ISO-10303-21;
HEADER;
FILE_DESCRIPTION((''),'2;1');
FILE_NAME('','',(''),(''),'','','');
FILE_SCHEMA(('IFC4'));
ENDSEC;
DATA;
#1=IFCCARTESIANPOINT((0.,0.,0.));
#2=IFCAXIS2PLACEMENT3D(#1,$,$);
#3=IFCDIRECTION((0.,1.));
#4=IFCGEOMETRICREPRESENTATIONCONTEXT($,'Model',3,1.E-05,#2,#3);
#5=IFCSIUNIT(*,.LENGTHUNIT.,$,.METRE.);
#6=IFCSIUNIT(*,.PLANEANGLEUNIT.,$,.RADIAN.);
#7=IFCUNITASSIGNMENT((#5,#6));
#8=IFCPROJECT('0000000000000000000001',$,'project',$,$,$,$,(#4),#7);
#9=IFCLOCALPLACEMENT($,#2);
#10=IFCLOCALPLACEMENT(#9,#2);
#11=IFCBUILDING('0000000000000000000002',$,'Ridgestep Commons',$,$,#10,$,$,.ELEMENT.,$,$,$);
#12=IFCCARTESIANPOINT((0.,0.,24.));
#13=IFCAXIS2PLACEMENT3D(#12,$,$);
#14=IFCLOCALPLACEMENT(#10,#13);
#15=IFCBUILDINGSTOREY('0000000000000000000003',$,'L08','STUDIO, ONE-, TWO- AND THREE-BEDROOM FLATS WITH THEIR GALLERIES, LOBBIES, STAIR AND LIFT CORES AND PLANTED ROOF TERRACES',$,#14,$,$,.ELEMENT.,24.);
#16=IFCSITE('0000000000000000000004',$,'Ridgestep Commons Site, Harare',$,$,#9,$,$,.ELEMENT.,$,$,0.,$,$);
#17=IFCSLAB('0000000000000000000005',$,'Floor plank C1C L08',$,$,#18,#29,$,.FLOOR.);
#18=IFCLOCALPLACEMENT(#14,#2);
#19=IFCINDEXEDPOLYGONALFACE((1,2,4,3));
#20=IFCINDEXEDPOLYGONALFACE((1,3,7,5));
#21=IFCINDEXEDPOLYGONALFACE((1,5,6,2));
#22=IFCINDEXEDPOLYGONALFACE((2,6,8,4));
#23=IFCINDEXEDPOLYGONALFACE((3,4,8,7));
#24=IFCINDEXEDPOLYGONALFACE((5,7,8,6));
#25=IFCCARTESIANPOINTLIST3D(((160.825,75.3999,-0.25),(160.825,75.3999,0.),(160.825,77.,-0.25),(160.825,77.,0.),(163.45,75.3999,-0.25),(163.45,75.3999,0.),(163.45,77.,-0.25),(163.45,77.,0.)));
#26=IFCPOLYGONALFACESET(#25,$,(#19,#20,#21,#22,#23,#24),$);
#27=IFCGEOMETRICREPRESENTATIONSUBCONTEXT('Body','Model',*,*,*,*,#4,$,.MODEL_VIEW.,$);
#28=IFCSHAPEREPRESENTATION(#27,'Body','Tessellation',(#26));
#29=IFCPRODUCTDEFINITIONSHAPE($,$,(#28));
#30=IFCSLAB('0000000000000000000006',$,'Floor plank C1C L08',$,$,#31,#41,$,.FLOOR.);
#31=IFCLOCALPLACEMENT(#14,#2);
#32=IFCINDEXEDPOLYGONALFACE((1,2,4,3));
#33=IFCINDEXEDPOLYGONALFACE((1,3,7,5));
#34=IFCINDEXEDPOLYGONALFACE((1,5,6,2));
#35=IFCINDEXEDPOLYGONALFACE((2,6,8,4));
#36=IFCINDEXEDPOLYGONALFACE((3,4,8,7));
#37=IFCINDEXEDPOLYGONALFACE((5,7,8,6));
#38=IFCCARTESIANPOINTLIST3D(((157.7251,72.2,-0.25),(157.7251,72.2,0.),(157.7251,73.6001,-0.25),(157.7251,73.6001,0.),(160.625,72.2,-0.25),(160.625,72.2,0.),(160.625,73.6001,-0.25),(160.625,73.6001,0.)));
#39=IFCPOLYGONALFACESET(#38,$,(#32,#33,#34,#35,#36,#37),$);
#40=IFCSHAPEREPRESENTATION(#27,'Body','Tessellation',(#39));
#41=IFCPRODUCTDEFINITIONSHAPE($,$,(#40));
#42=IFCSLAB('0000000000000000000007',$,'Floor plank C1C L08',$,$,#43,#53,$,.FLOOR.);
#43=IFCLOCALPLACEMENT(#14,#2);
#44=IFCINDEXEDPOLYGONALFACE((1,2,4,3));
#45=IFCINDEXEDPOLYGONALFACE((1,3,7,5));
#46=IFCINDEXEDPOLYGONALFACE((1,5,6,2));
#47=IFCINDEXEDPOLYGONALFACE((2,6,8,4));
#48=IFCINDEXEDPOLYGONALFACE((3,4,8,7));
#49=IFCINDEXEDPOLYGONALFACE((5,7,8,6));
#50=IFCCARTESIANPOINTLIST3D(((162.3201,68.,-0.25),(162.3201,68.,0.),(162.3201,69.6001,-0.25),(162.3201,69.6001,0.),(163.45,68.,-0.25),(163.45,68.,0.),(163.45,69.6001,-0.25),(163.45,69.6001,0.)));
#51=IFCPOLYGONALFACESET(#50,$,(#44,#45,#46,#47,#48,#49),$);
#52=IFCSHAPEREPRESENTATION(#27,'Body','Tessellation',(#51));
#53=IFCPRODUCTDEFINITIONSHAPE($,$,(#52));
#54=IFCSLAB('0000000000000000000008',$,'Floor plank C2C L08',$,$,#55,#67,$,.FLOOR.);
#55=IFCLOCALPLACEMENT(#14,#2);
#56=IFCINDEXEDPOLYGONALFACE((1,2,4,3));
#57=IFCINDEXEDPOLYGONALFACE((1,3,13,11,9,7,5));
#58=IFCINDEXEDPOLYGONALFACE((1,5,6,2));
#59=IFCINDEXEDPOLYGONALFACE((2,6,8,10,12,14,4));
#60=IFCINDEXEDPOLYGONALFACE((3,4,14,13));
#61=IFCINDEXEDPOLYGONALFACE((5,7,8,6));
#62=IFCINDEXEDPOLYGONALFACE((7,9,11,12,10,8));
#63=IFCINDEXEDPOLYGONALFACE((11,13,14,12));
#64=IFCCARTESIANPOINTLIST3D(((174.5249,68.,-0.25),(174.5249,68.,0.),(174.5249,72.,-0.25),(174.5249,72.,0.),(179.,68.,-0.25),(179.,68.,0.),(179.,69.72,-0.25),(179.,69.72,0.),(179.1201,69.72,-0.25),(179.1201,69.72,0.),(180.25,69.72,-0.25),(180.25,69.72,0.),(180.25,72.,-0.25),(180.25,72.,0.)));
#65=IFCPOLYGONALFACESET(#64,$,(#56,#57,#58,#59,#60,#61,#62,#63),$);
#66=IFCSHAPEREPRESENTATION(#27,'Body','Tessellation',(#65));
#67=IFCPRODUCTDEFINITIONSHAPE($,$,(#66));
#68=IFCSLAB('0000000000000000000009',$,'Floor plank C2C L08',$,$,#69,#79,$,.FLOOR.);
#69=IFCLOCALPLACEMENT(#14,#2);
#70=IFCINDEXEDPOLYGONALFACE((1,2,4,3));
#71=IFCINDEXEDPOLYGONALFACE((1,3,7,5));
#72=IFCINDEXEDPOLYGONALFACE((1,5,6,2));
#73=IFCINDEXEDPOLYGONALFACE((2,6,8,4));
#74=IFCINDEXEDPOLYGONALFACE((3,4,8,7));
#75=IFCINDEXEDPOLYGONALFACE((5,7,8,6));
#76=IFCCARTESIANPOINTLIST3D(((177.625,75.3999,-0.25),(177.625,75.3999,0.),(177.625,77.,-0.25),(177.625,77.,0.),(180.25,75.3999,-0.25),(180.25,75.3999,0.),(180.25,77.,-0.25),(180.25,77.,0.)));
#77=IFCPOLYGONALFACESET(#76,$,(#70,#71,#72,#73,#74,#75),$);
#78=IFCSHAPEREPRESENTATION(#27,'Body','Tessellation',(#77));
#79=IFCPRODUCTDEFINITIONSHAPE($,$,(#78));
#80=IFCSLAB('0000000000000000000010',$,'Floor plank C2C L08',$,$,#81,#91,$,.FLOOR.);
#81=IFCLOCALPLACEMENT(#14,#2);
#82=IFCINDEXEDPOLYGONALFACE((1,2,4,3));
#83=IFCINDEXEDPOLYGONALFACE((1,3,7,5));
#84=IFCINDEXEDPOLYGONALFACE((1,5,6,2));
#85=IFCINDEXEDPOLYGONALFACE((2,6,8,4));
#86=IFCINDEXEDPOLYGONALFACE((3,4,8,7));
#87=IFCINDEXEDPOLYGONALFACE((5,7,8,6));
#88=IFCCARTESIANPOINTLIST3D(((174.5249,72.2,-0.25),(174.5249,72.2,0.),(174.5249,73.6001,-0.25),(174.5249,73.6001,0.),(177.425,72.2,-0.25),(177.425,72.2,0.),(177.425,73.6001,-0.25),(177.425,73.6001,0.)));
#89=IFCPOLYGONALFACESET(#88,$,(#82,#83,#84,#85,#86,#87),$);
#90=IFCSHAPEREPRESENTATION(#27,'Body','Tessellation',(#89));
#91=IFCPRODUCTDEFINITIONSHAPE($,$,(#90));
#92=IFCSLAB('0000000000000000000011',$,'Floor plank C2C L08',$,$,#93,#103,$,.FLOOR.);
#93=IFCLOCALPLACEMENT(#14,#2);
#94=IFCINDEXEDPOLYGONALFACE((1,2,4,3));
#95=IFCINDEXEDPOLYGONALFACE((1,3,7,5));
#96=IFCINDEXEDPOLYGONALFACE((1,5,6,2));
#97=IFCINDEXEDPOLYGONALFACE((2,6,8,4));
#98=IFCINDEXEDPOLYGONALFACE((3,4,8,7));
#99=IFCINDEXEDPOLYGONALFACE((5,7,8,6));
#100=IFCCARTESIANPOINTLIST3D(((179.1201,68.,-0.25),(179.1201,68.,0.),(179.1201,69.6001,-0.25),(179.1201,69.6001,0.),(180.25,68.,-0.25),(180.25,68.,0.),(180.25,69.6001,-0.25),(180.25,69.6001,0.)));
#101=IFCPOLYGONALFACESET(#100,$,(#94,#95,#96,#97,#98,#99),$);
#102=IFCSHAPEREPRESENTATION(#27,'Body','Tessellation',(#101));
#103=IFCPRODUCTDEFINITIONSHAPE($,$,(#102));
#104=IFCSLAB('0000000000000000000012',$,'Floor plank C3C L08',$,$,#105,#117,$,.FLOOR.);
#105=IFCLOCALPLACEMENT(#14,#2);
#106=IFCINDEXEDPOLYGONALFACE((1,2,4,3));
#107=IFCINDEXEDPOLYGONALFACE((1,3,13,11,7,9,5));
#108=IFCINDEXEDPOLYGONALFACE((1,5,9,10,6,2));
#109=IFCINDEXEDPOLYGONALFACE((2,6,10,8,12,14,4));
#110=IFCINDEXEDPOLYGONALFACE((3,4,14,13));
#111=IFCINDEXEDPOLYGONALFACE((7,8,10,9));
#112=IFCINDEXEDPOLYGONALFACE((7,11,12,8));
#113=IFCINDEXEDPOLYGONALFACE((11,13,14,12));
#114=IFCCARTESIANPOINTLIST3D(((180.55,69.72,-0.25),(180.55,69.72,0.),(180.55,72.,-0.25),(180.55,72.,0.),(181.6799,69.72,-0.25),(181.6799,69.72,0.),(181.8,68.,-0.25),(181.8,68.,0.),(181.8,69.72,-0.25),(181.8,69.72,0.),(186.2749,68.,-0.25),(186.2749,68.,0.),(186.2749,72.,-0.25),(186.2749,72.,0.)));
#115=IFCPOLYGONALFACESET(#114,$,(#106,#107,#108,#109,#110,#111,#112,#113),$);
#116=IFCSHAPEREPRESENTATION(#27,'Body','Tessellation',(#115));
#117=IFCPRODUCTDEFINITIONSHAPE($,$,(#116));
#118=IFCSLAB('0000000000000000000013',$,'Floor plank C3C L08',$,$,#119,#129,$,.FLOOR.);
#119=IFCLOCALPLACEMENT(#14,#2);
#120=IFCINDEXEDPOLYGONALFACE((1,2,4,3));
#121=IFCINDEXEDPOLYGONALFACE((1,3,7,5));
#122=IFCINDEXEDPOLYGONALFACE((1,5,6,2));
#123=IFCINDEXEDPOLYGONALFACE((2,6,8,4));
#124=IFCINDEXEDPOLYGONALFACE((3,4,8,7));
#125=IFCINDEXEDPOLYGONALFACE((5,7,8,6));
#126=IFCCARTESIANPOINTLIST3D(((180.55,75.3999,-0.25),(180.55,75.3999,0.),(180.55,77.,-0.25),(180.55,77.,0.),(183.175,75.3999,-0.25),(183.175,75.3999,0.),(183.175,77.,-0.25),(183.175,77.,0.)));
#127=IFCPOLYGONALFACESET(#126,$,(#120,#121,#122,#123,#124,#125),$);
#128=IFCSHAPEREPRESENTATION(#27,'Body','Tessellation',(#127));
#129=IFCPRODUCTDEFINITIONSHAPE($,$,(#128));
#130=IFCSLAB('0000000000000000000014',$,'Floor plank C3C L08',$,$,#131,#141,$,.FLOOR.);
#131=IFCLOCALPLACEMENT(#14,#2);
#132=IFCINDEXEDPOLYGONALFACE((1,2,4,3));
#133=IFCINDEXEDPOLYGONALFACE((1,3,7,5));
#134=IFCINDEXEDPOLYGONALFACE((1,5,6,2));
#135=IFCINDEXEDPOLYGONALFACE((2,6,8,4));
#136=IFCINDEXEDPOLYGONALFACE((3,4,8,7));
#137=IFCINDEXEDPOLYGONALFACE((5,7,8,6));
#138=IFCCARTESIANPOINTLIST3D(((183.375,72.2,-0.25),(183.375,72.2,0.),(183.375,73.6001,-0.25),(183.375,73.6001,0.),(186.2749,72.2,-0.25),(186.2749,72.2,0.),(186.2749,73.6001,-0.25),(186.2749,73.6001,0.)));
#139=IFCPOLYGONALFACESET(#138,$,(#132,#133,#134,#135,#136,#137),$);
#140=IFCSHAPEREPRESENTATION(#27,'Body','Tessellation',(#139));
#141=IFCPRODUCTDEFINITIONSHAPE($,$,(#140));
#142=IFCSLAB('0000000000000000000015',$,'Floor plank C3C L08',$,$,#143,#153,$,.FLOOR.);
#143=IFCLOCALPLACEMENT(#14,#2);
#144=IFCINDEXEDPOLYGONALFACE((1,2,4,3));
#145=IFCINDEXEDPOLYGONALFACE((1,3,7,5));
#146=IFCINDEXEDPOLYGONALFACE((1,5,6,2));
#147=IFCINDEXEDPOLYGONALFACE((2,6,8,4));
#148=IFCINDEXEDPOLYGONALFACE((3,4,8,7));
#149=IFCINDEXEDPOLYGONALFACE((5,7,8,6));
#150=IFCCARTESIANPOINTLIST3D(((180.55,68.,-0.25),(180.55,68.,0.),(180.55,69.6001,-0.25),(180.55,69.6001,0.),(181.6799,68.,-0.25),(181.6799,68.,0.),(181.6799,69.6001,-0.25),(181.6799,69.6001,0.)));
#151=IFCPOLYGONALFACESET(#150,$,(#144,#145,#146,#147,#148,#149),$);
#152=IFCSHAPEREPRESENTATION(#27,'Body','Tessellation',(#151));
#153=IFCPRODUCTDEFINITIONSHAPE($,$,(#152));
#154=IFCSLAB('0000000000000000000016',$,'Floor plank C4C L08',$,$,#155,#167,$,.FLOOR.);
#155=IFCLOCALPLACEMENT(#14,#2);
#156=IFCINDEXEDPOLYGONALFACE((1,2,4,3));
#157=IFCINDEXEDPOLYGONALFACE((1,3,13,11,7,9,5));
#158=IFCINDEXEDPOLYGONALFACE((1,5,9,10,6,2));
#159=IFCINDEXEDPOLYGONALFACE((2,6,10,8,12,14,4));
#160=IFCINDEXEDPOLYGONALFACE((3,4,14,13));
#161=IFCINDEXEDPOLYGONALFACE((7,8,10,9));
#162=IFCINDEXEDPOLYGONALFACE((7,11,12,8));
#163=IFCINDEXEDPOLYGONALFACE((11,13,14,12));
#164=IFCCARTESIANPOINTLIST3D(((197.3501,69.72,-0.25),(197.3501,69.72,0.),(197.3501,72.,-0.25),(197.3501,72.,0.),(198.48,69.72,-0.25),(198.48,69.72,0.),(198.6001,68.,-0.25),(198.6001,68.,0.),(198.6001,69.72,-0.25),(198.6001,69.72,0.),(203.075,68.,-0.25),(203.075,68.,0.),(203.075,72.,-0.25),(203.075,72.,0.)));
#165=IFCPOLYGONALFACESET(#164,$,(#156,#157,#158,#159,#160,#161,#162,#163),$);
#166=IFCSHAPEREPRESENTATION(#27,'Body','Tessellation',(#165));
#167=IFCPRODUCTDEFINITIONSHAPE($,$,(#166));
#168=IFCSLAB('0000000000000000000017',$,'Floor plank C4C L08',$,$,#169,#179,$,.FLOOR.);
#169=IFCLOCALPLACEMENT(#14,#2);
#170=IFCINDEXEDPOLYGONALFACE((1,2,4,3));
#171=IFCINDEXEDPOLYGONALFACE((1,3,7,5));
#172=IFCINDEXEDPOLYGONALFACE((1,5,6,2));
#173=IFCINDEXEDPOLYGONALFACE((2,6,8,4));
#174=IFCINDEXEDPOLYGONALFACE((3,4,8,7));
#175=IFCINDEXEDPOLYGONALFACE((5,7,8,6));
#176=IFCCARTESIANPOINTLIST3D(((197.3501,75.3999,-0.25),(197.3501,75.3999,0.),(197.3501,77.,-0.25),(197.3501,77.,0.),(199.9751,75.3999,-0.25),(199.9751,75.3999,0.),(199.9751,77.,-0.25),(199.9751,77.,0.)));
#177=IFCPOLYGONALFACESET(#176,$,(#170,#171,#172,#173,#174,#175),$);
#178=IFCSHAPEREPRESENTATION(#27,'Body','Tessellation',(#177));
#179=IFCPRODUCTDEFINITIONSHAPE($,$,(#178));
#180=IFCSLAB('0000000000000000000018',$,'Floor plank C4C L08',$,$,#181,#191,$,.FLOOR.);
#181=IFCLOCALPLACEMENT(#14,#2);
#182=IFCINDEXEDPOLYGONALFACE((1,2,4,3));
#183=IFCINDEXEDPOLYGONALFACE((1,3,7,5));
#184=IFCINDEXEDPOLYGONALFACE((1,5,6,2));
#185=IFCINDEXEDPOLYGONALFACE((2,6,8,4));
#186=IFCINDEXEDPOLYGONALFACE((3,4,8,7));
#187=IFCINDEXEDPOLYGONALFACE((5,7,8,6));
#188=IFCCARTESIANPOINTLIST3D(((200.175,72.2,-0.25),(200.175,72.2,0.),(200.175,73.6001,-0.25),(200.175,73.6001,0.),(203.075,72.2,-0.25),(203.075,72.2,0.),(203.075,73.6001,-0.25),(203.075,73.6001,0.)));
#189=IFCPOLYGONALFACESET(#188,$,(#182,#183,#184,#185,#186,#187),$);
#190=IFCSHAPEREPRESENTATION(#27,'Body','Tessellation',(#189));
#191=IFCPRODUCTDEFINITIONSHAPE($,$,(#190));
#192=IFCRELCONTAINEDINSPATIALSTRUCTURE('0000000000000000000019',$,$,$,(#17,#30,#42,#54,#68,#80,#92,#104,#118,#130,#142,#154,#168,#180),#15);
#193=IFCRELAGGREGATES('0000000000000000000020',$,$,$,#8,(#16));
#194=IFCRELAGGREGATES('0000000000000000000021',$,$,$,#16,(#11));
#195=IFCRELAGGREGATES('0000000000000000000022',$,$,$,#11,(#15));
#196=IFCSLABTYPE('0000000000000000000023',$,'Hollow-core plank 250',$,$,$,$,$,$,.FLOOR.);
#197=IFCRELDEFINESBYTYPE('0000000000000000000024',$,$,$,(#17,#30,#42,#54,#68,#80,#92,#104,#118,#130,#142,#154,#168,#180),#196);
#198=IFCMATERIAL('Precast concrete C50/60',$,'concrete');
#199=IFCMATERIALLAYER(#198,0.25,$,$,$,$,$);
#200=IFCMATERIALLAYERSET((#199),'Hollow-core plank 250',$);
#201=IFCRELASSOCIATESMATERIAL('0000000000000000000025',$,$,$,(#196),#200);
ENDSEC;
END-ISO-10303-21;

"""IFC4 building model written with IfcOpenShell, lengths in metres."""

from ifc_helpers import new_model, si_unit, direction, frame, origin, place, context, subcontext, project, spatial, polyline, outline, extrude, material, layer, layer_set, type_object, element, save


model = new_model("IFC4")

# Units and contexts
model_context = context("Model", 3, precision=1e-05, world=origin(), true_north=direction((0.0, 1.0)))
body_context = subcontext(model_context, "Body", "Model", "MODEL_VIEW")
ifc_project = project(units=[si_unit("LENGTHUNIT", "METRE"), si_unit("PLANEANGLEUNIT", "RADIAN")], contexts=[model_context])

# Site, building, storey
site_placement = place(None, origin())
site = spatial("IfcSite", under=ifc_project, at=site_placement, Name="Ridgestep Commons Site, Harare", CompositionType="ELEMENT", RefElevation=0.0)
building_placement = place(site_placement, origin())
building = spatial("IfcBuilding", under=site, at=building_placement, Name="Ridgestep Commons", CompositionType="ELEMENT")
storey_placement = place(building_placement, frame((0.0, 0.0, 24.0)))
storey = spatial("IfcBuildingStorey", under=building, at=storey_placement, Name="L08", Description="STUDIO, ONE-, TWO- AND THREE-BEDROOM FLATS WITH THEIR GALLERIES, LOBBIES, STAIR AND LIFT CORES AND PLANTED ROOF TERRACES", CompositionType="ELEMENT", Elevation=24.0)

# Slabs
ifc_material_1 = material(Name="Precast concrete C50/60", Category="concrete")
ifc_layer_1 = layer(ifc_material_1, 0.25)
ifc_layer_set_1 = layer_set([ifc_layer_1], Name="Hollow-core plank 250")
slab_type_1 = type_object("IfcSlabType", Name="Hollow-core plank 250", PredefinedType="FLOOR", material=ifc_layer_set_1)
slab_1_placement = place(storey_placement, frame((0.0, 0.0, -0.25)))
element("IfcSlab", 1, at=slab_1_placement, inside=storey, type_object=slab_type_1, Name="Floor plank C1C L08", PredefinedType="FLOOR", context=body_context, shape_type="SweptSolid", body=[
    extrude(outline(polyline([(163.45, 75.3999), (163.45, 77.0), (160.825, 77.0), (160.825, 75.3999), (163.45, 75.3999)])), origin(), (0.0, 0.0, 1.0), 0.25),
])
slab_2_placement = place(storey_placement, frame((0.0, 0.0, -0.25)))
element("IfcSlab", 2, at=slab_2_placement, inside=storey, type_object=slab_type_1, Name="Floor plank C1C L08", PredefinedType="FLOOR", context=body_context, shape_type="SweptSolid", body=[
    extrude(outline(polyline([(160.625, 72.2), (160.625, 73.6001), (157.7251, 73.6001), (157.7251, 72.2), (160.625, 72.2)])), origin(), (0.0, 0.0, 1.0), 0.25),
])
slab_3_placement = place(storey_placement, frame((0.0, 0.0, -0.25)))
element("IfcSlab", 3, at=slab_3_placement, inside=storey, type_object=slab_type_1, Name="Floor plank C1C L08", PredefinedType="FLOOR", context=body_context, shape_type="SweptSolid", body=[
    extrude(outline(polyline([(162.3201, 68.0), (163.45, 68.0), (163.45, 69.6001), (162.3201, 69.6001), (162.3201, 68.0)])), origin(), (0.0, 0.0, 1.0), 0.25),
])
slab_4_placement = place(storey_placement, frame((0.0, 0.0, -0.25)))
element("IfcSlab", 4, at=slab_4_placement, inside=storey, type_object=slab_type_1, Name="Floor plank C2C L08", PredefinedType="FLOOR", context=body_context, shape_type="SweptSolid", body=[
    extrude(outline(polyline([(179.1201, 69.72), (180.25, 69.72), (180.25, 72.0), (174.5249, 72.0), (174.5249, 68.0), (179.0, 68.0), (179.0, 69.72), (179.1201, 69.72)])), origin(), (0.0, 0.0, 1.0), 0.25),
])
slab_5_placement = place(storey_placement, frame((0.0, 0.0, -0.25)))
element("IfcSlab", 5, at=slab_5_placement, inside=storey, type_object=slab_type_1, Name="Floor plank C2C L08", PredefinedType="FLOOR", context=body_context, shape_type="SweptSolid", body=[
    extrude(outline(polyline([(180.25, 75.3999), (180.25, 77.0), (177.625, 77.0), (177.625, 75.3999), (180.25, 75.3999)])), origin(), (0.0, 0.0, 1.0), 0.25),
])
slab_6_placement = place(storey_placement, frame((0.0, 0.0, -0.25)))
element("IfcSlab", 6, at=slab_6_placement, inside=storey, type_object=slab_type_1, Name="Floor plank C2C L08", PredefinedType="FLOOR", context=body_context, shape_type="SweptSolid", body=[
    extrude(outline(polyline([(177.425, 72.2), (177.425, 73.6001), (174.5249, 73.6001), (174.5249, 72.2), (177.425, 72.2)])), origin(), (0.0, 0.0, 1.0), 0.25),
])
slab_7_placement = place(storey_placement, frame((0.0, 0.0, -0.25)))
element("IfcSlab", 7, at=slab_7_placement, inside=storey, type_object=slab_type_1, Name="Floor plank C2C L08", PredefinedType="FLOOR", context=body_context, shape_type="SweptSolid", body=[
    extrude(outline(polyline([(179.1201, 68.0), (180.25, 68.0), (180.25, 69.6001), (179.1201, 69.6001), (179.1201, 68.0)])), origin(), (0.0, 0.0, 1.0), 0.25),
])
slab_8_placement = place(storey_placement, frame((0.0, 0.0, -0.25)))
element("IfcSlab", 8, at=slab_8_placement, inside=storey, type_object=slab_type_1, Name="Floor plank C3C L08", PredefinedType="FLOOR", context=body_context, shape_type="SweptSolid", body=[
    extrude(outline(polyline([(181.8, 68.0), (186.2749, 68.0), (186.2749, 72.0), (180.55, 72.0), (180.55, 69.72), (181.6799, 69.72), (181.8, 69.72), (181.8, 68.0)])), origin(), (0.0, 0.0, 1.0), 0.25),
])
slab_9_placement = place(storey_placement, frame((0.0, 0.0, -0.25)))
element("IfcSlab", 9, at=slab_9_placement, inside=storey, type_object=slab_type_1, Name="Floor plank C3C L08", PredefinedType="FLOOR", context=body_context, shape_type="SweptSolid", body=[
    extrude(outline(polyline([(183.175, 77.0), (180.55, 77.0), (180.55, 75.3999), (183.175, 75.3999), (183.175, 77.0)])), origin(), (0.0, 0.0, 1.0), 0.25),
])
slab_10_placement = place(storey_placement, frame((0.0, 0.0, -0.25)))
element("IfcSlab", 10, at=slab_10_placement, inside=storey, type_object=slab_type_1, Name="Floor plank C3C L08", PredefinedType="FLOOR", context=body_context, shape_type="SweptSolid", body=[
    extrude(outline(polyline([(186.2749, 72.2), (186.2749, 73.6001), (183.375, 73.6001), (183.375, 72.2), (186.2749, 72.2)])), origin(), (0.0, 0.0, 1.0), 0.25),
])
slab_11_placement = place(storey_placement, frame((0.0, 0.0, -0.25)))
element("IfcSlab", 11, at=slab_11_placement, inside=storey, type_object=slab_type_1, Name="Floor plank C3C L08", PredefinedType="FLOOR", context=body_context, shape_type="SweptSolid", body=[
    extrude(outline(polyline([(181.6799, 69.6001), (180.55, 69.6001), (180.55, 68.0), (181.6799, 68.0), (181.6799, 69.6001)])), origin(), (0.0, 0.0, 1.0), 0.25),
])
slab_12_placement = place(storey_placement, frame((0.0, 0.0, -0.25)))
element("IfcSlab", 12, at=slab_12_placement, inside=storey, type_object=slab_type_1, Name="Floor plank C4C L08", PredefinedType="FLOOR", context=body_context, shape_type="SweptSolid", body=[
    extrude(outline(polyline([(198.6001, 68.0), (203.075, 68.0), (203.075, 72.0), (197.3501, 72.0), (197.3501, 69.72), (198.48, 69.72), (198.6001, 69.72), (198.6001, 68.0)])), origin(), (0.0, 0.0, 1.0), 0.25),
])
slab_13_placement = place(storey_placement, frame((0.0, 0.0, -0.25)))
element("IfcSlab", 13, at=slab_13_placement, inside=storey, type_object=slab_type_1, Name="Floor plank C4C L08", PredefinedType="FLOOR", context=body_context, shape_type="SweptSolid", body=[
    extrude(outline(polyline([(199.9751, 77.0), (197.3501, 77.0), (197.3501, 75.3999), (199.9751, 75.3999), (199.9751, 77.0)])), origin(), (0.0, 0.0, 1.0), 0.25),
])
slab_14_placement = place(storey_placement, frame((0.0, 0.0, -0.25)))
element("IfcSlab", 14, at=slab_14_placement, inside=storey, type_object=slab_type_1, Name="Floor plank C4C L08", PredefinedType="FLOOR", context=body_context, shape_type="SweptSolid", body=[
    extrude(outline(polyline([(203.075, 72.2), (203.075, 73.6001), (200.175, 73.6001), (200.175, 72.2), (203.075, 72.2)])), origin(), (0.0, 0.0, 1.0), 0.25),
])

save(model, "model.ifc")
